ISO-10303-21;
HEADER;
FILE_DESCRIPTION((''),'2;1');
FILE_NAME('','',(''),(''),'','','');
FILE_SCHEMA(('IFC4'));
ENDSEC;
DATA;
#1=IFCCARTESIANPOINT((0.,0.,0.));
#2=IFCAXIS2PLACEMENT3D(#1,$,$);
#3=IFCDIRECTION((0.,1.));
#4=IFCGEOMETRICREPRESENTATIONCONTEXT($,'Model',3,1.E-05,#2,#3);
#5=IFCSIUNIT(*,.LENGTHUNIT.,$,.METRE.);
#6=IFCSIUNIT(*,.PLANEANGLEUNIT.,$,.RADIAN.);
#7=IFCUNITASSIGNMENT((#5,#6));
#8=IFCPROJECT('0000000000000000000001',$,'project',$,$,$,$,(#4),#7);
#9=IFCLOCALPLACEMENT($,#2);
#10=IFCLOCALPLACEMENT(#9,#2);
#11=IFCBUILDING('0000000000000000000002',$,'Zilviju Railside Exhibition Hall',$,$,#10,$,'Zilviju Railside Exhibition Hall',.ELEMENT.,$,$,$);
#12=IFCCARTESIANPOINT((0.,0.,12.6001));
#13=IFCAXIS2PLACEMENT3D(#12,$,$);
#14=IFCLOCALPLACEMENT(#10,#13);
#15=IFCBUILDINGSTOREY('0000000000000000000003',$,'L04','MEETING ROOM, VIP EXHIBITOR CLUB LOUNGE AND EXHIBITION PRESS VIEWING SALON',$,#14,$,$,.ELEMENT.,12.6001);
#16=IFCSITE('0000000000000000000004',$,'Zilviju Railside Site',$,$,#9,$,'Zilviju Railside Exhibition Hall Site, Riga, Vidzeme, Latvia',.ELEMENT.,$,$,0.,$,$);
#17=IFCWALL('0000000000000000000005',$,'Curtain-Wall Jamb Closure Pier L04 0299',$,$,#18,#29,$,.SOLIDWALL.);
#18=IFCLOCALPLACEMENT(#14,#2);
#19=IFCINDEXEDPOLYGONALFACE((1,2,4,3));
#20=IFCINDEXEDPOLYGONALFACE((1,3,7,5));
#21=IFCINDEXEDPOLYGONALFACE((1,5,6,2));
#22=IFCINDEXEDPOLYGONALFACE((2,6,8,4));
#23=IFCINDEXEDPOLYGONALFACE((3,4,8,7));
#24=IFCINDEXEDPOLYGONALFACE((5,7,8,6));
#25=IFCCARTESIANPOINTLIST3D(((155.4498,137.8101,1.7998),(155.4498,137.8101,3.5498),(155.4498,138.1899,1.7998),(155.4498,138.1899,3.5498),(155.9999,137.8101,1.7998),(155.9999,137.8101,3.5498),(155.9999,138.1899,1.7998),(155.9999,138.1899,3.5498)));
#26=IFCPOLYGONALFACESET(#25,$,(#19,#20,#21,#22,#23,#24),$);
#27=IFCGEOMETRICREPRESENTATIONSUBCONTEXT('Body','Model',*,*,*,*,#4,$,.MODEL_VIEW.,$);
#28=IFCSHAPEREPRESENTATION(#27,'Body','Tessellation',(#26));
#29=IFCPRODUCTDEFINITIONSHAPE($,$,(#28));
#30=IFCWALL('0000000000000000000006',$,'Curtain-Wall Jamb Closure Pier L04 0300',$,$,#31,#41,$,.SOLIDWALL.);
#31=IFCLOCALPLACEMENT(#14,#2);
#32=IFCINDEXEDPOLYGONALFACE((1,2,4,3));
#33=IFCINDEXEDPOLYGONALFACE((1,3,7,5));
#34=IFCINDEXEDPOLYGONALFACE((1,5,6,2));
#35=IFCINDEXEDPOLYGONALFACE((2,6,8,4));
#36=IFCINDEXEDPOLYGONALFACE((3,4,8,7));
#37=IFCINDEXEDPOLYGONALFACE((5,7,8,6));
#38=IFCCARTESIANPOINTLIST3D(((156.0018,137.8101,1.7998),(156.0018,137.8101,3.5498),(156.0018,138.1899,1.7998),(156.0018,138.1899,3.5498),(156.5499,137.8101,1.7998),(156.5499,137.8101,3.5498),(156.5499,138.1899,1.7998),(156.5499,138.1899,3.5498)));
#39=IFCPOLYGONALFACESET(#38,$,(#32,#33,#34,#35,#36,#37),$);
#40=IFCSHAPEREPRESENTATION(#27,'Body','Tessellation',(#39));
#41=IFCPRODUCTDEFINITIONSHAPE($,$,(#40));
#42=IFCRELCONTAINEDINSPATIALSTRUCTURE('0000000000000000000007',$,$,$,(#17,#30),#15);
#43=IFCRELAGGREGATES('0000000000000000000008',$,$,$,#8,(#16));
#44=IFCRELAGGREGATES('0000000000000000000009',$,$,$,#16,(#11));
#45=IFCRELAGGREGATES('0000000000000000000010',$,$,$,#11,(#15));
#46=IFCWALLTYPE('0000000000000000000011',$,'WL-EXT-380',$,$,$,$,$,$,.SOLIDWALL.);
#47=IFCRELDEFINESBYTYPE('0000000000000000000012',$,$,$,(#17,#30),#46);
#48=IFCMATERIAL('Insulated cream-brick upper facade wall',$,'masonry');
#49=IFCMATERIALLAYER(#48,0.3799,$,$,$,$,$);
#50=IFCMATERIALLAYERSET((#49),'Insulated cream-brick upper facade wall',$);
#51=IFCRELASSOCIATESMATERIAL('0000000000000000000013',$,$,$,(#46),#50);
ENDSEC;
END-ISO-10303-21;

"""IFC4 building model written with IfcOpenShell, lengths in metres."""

from ifc_helpers import new_model, si_unit, direction, frame, frame_2d, origin, place, context, subcontext, project, spatial, rectangle, extrude, material, layer, layer_set, type_object, element, save


model = new_model("IFC4")

# Units and contexts
model_context = context("Model", 3, precision=1e-05, world=origin(), true_north=direction((0.0, 1.0)))
body_context = subcontext(model_context, "Body", "Model", "MODEL_VIEW")
ifc_project = project(units=[si_unit("LENGTHUNIT", "METRE"), si_unit("PLANEANGLEUNIT", "RADIAN")], contexts=[model_context])

# Site, building, storey
site_placement = place(None, origin())
site = spatial("IfcSite", under=ifc_project, at=site_placement, Name="Zilviju Railside Site", LongName="Zilviju Railside Exhibition Hall Site, Riga, Vidzeme, Latvia", CompositionType="ELEMENT", RefElevation=0.0)
building_placement = place(site_placement, origin())
building = spatial("IfcBuilding", under=site, at=building_placement, Name="Zilviju Railside Exhibition Hall", LongName="Zilviju Railside Exhibition Hall", CompositionType="ELEMENT")
storey_placement = place(building_placement, frame((0.0, 0.0, 12.6001)))
storey = spatial("IfcBuildingStorey", under=building, at=storey_placement, Name="L04", Description="MEETING ROOM, VIP EXHIBITOR CLUB LOUNGE AND EXHIBITION PRESS VIEWING SALON", CompositionType="ELEMENT", Elevation=12.6001)

# Walls
ifc_material_1 = material(Name="Insulated cream-brick upper facade wall", Category="masonry")
ifc_layer_1 = layer(ifc_material_1, 0.3799)
ifc_layer_set_1 = layer_set([ifc_layer_1], Name="Insulated cream-brick upper facade wall")
wall_type = type_object("IfcWallType", Name="WL-EXT-380", PredefinedType="SOLIDWALL", material=ifc_layer_set_1)
wall_1_placement = place(storey_placement, frame((155.45, 138.0, 1.7998), z_axis=(0.0, 0.0, 1.0), x_axis=(1.0, 0.0, 0.0)))
element("IfcWall", 1, at=wall_1_placement, inside=storey, type_object=wall_type, Name="Curtain-Wall Jamb Closure Pier L04 0299", PredefinedType="SOLIDWALL", context=body_context, shape_type="SweptSolid", body=[
    extrude(rectangle(XDim=0.55, YDim=0.3799, at=frame_2d((0.2749, 0.0))), origin(), (0.0, 0.0, 1.0), 1.75),
])
wall_2_placement = place(storey_placement, frame((156.002, 138.0, 1.7998), z_axis=(0.0, 0.0, 1.0), x_axis=(1.0, 0.0, 0.0)))
element("IfcWall", 2, at=wall_2_placement, inside=storey, type_object=wall_type, Name="Curtain-Wall Jamb Closure Pier L04 0300", PredefinedType="SOLIDWALL", context=body_context, shape_type="SweptSolid", body=[
    extrude(rectangle(XDim=0.5481, YDim=0.3799, at=frame_2d((0.2739, 0.0))), origin(), (0.0, 0.0, 1.0), 1.75),
])

save(model, "model.ifc")
